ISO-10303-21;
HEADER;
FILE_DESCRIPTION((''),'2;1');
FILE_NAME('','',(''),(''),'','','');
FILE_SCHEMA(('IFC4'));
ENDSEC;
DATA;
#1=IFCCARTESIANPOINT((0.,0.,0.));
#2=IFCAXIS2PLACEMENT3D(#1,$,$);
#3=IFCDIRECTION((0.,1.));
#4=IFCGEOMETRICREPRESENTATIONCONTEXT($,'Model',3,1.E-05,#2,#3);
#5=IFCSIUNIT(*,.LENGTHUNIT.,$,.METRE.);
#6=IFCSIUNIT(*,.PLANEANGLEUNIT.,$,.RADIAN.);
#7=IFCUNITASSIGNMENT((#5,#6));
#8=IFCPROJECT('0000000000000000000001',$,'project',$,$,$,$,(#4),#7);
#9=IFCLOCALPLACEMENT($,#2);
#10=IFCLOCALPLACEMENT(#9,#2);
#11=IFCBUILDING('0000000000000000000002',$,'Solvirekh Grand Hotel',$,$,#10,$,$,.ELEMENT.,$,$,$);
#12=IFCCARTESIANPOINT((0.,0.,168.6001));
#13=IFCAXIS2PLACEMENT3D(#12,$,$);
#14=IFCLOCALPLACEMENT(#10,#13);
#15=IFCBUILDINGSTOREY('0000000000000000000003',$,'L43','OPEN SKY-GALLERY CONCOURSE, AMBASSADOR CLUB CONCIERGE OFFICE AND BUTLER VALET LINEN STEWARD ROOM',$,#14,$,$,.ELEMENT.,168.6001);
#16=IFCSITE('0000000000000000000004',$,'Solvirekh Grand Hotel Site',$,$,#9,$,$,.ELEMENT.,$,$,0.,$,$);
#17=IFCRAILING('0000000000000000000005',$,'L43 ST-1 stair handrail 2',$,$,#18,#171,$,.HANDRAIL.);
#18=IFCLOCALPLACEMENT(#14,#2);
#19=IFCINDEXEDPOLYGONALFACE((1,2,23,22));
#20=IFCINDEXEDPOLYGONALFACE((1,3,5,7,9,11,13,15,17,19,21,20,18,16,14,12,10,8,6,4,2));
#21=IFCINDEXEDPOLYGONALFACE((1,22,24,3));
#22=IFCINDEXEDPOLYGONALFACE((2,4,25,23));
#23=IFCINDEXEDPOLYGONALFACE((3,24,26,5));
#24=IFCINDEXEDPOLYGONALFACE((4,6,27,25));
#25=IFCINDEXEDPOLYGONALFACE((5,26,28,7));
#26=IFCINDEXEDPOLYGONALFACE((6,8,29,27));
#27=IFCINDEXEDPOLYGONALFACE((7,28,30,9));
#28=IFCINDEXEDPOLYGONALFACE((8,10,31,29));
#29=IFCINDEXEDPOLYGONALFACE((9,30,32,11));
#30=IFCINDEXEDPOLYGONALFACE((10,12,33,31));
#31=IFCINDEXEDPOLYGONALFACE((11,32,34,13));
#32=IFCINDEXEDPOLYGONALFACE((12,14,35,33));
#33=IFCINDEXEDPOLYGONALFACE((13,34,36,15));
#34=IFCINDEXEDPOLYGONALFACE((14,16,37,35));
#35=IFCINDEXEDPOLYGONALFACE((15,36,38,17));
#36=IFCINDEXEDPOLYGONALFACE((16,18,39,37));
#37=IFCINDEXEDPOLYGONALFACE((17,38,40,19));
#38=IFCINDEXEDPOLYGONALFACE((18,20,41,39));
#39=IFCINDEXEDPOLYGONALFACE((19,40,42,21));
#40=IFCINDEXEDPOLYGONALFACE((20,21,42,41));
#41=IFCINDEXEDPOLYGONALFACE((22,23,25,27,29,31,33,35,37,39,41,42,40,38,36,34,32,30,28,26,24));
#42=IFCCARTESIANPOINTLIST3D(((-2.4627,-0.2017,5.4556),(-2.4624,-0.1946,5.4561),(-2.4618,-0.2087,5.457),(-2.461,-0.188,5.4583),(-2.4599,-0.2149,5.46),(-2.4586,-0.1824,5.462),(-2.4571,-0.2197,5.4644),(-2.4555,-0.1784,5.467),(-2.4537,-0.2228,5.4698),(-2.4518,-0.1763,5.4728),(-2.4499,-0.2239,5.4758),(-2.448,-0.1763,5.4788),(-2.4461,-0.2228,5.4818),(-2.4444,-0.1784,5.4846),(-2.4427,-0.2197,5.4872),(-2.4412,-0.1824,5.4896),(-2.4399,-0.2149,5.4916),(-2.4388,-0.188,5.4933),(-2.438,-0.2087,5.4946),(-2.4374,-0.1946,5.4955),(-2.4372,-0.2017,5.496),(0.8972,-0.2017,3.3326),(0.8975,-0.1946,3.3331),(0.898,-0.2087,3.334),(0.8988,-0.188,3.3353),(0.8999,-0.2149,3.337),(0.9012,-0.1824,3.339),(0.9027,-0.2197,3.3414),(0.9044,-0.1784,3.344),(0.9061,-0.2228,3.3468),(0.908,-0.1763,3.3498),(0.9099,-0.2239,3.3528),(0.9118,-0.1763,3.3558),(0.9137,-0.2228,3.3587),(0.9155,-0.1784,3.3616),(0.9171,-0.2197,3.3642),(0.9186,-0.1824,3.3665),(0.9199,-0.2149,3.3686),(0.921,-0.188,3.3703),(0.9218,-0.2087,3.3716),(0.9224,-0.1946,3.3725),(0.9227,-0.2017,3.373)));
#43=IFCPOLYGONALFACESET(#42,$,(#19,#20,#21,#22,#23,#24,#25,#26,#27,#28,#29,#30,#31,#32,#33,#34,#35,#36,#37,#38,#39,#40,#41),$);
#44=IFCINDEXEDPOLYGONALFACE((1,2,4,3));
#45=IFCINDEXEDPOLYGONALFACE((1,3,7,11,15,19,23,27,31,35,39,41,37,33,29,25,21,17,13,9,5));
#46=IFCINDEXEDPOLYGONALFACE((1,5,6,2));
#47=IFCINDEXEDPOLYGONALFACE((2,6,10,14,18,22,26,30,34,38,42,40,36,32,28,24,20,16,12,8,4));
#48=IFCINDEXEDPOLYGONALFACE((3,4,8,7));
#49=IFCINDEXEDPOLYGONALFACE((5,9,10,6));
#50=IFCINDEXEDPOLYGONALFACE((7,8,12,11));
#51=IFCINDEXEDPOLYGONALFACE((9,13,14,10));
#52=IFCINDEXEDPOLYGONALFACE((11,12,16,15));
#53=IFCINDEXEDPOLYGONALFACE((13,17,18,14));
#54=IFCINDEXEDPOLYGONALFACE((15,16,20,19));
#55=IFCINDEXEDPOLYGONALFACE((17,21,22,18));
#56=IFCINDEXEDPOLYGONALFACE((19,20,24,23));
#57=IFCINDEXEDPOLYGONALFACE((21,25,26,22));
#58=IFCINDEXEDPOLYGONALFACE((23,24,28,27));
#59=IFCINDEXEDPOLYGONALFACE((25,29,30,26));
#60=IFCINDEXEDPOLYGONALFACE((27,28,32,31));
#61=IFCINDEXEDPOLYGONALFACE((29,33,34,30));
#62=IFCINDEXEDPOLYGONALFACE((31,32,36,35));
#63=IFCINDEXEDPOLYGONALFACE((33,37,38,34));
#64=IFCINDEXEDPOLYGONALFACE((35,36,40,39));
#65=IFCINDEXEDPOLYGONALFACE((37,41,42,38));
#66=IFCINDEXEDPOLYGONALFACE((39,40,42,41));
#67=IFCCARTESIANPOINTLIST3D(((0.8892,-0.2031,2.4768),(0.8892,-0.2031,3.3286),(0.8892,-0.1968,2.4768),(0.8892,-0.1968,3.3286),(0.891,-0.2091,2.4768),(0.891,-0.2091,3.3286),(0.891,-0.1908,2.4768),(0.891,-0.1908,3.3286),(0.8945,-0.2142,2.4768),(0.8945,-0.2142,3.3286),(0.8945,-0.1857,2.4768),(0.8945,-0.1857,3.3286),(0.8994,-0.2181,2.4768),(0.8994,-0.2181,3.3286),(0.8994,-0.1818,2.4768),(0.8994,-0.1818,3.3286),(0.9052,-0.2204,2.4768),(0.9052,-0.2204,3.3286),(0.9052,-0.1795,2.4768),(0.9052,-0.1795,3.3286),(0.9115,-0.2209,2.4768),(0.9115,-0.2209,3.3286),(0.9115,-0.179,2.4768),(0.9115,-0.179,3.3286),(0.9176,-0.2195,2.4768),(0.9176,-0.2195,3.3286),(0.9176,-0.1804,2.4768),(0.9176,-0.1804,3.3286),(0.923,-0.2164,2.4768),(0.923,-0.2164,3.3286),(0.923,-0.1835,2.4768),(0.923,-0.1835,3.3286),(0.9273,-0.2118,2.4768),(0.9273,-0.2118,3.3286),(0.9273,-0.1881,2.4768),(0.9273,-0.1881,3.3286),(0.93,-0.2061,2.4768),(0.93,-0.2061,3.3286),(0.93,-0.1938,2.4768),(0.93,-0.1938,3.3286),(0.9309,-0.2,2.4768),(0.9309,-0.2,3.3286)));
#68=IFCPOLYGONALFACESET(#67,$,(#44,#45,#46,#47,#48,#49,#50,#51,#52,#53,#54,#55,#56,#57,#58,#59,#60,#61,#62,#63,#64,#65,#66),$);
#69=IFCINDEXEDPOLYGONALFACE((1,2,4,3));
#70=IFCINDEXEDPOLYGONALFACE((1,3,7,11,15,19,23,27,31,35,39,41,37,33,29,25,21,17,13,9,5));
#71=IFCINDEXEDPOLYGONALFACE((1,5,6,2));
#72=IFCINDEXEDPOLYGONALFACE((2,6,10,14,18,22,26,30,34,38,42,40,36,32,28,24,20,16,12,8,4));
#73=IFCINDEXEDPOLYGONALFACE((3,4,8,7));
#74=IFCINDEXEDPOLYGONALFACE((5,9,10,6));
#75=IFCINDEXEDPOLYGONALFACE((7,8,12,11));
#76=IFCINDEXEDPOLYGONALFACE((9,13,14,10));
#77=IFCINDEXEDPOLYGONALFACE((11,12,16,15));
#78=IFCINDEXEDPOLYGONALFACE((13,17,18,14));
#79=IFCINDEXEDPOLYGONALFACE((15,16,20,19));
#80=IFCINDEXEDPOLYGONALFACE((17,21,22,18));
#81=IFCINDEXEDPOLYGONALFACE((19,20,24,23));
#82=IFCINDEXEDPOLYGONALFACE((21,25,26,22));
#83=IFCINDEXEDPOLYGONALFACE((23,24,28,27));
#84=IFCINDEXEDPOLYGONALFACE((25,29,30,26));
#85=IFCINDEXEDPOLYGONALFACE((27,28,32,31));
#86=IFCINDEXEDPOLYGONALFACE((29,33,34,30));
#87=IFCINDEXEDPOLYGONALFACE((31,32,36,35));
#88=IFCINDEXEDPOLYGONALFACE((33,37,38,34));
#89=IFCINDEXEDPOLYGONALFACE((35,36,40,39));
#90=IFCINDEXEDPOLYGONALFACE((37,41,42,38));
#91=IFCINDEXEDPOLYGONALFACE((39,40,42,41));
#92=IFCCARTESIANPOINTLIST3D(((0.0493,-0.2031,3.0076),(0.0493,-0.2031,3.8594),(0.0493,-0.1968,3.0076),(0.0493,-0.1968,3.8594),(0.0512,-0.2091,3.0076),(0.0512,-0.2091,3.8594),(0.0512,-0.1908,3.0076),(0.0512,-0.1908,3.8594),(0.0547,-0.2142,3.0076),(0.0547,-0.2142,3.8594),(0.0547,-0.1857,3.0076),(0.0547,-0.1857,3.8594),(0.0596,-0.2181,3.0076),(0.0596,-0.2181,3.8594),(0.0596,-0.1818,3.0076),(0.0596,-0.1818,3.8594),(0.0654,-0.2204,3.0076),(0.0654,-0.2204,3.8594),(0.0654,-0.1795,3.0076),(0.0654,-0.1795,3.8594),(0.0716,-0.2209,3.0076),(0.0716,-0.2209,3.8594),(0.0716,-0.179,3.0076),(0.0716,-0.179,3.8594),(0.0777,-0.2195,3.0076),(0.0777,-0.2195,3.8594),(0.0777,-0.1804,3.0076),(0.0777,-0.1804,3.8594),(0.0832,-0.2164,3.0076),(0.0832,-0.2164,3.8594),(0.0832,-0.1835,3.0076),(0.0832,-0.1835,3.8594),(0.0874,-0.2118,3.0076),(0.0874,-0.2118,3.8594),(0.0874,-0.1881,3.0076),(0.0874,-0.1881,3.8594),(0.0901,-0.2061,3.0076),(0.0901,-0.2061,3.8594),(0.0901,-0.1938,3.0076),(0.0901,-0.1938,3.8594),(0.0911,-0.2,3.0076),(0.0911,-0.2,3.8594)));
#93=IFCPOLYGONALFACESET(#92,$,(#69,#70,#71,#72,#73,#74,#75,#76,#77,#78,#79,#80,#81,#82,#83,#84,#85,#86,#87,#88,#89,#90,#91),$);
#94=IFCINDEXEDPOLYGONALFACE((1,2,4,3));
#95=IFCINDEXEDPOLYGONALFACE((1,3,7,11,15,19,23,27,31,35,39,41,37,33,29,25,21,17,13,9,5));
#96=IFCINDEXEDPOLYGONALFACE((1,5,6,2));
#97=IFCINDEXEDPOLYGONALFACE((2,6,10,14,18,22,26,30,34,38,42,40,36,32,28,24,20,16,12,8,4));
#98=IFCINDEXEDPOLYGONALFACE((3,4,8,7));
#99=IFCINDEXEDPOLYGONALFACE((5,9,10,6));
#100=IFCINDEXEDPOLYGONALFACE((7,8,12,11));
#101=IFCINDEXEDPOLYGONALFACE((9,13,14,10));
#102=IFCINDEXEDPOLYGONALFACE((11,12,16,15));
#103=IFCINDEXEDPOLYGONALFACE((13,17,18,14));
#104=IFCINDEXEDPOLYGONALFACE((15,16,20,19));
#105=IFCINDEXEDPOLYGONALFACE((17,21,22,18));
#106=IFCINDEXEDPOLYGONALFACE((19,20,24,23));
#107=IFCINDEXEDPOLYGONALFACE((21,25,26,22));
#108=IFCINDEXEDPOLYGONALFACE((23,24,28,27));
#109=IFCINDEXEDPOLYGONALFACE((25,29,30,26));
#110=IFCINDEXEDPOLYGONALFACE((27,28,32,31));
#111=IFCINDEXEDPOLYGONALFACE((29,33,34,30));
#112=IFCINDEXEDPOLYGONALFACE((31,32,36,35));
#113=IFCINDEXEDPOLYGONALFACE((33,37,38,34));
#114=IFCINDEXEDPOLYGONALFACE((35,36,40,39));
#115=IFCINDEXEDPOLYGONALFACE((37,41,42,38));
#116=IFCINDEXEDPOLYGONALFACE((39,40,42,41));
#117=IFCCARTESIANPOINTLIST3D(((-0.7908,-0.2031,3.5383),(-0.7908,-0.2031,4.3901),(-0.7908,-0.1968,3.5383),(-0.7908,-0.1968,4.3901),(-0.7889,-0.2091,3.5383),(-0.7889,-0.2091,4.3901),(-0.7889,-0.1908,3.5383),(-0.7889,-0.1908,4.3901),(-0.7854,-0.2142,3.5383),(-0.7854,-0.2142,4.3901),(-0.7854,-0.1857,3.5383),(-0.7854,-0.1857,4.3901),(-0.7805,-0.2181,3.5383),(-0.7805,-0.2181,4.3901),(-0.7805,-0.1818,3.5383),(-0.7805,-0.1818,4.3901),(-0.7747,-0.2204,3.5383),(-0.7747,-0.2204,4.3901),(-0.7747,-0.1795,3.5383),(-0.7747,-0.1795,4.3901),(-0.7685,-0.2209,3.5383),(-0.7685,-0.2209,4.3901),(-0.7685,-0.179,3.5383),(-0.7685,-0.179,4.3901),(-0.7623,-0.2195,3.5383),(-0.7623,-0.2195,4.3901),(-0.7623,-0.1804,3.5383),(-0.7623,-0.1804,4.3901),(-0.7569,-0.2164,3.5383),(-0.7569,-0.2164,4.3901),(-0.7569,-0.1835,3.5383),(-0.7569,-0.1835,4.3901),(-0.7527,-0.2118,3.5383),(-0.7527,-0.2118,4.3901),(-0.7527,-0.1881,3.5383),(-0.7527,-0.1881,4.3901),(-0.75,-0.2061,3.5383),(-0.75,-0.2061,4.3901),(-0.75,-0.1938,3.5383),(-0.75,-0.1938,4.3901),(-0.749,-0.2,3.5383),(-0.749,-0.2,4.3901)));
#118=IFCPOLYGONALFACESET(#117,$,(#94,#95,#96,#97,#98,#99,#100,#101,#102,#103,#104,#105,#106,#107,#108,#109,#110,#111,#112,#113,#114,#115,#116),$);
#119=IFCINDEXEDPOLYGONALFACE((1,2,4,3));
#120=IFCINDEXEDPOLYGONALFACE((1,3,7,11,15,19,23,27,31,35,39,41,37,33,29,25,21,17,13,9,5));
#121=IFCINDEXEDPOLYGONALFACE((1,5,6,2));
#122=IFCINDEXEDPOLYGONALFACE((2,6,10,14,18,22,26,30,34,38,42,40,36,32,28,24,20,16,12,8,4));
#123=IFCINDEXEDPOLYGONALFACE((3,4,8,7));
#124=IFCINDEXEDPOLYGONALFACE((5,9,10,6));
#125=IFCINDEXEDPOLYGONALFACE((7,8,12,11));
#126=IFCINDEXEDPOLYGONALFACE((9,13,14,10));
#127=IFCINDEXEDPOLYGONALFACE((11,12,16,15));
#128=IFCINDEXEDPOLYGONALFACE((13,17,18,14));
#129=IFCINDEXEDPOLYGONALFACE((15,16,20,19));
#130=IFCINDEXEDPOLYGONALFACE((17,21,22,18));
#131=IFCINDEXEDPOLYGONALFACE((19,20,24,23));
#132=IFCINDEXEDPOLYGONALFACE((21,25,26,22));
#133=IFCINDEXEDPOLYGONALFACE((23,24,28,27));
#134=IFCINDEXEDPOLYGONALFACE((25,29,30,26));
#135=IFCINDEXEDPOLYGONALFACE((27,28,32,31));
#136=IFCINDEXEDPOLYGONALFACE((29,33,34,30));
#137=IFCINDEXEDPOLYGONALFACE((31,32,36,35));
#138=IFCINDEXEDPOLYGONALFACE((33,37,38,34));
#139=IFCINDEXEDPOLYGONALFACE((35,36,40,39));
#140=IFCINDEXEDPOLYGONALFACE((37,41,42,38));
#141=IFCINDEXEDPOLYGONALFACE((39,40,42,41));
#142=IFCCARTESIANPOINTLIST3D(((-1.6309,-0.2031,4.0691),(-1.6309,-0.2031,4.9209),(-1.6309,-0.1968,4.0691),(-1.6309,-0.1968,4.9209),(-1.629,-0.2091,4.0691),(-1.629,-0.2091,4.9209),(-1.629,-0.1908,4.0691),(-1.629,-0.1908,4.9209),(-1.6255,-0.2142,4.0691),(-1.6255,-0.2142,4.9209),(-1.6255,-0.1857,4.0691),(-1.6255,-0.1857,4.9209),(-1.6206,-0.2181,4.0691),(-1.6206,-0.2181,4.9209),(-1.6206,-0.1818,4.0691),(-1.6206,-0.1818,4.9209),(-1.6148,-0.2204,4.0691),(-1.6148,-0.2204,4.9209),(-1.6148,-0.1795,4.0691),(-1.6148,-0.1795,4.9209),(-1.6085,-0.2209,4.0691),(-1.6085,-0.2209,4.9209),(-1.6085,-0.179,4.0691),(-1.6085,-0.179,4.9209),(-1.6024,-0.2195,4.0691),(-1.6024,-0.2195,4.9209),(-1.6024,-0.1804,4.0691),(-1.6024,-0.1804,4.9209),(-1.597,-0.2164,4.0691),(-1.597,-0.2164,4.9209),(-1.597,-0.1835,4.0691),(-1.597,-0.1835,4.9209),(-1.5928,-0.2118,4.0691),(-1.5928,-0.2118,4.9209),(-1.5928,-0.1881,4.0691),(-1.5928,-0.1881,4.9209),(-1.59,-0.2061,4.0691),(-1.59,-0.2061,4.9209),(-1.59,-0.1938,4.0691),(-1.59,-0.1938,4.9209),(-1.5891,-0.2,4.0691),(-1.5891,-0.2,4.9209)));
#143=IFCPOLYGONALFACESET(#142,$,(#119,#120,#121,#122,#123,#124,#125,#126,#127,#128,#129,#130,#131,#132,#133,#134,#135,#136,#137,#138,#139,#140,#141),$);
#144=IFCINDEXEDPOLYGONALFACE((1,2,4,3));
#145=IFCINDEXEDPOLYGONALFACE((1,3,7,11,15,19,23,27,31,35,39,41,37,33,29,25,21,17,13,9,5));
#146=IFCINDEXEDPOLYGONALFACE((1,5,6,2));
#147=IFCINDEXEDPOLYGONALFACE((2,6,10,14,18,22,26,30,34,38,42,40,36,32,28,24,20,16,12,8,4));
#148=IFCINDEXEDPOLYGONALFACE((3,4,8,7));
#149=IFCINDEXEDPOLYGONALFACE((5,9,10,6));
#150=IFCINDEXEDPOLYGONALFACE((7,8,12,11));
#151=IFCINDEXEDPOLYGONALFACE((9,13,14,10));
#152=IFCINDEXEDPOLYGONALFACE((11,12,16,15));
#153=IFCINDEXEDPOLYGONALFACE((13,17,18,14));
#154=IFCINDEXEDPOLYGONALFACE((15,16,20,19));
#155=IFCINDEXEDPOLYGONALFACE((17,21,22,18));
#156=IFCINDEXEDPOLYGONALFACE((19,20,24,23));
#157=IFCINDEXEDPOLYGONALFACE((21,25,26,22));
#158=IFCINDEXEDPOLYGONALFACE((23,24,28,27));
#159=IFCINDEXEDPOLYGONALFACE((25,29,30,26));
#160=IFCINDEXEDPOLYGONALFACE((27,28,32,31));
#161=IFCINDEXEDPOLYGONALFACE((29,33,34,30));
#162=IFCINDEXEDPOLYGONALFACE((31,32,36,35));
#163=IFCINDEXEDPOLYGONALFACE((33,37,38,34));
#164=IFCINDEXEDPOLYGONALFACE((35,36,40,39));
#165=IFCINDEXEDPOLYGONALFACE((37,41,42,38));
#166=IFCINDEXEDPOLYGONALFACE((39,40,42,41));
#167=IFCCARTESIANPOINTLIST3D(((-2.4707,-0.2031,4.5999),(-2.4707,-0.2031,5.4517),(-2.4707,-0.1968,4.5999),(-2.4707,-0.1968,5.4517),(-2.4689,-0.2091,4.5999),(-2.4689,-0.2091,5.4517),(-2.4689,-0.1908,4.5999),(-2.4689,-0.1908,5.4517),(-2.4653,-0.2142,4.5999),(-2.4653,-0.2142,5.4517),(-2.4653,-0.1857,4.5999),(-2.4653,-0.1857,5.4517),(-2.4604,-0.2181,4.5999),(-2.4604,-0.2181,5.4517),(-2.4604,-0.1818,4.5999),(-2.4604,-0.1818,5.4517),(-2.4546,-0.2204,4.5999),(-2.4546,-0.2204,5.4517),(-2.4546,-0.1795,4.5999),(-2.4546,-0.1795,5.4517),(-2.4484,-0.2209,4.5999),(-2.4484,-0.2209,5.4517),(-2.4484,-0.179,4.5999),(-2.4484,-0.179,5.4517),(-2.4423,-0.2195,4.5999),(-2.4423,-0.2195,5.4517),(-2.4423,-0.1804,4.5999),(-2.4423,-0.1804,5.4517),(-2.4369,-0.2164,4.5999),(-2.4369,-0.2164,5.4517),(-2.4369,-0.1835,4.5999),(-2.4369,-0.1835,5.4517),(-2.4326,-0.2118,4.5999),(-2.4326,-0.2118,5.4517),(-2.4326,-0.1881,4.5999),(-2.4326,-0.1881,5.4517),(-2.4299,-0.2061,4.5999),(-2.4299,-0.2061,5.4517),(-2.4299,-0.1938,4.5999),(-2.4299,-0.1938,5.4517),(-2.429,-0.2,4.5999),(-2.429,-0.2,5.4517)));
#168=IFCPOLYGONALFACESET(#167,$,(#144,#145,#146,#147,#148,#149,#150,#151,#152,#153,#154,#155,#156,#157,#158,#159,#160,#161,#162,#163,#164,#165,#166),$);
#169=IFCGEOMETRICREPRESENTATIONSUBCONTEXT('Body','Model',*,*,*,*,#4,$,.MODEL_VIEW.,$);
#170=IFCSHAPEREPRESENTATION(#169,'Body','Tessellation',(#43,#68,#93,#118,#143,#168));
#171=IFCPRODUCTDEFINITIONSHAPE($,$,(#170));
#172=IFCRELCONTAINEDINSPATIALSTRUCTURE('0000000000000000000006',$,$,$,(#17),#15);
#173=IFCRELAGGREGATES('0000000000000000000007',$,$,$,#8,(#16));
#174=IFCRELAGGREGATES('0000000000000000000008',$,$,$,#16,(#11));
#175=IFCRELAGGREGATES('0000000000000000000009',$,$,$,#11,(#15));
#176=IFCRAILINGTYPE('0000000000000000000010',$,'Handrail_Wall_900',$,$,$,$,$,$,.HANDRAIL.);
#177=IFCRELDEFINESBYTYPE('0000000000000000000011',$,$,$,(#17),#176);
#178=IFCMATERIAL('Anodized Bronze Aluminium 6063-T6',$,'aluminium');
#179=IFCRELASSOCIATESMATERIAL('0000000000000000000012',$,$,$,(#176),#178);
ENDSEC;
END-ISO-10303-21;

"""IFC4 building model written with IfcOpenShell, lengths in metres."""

from ifc_helpers import new_model, si_unit, direction, frame, origin, origin_2d, place, context, subcontext, project, spatial, circle, extrude, material, type_object, element, save


model = new_model("IFC4")

# Units and contexts
model_context = context("Model", 3, precision=1e-05, world=origin(), true_north=direction((0.0, 1.0)))
body_context = subcontext(model_context, "Body", "Model", "MODEL_VIEW")
ifc_project = project(units=[si_unit("LENGTHUNIT", "METRE"), si_unit("PLANEANGLEUNIT", "RADIAN")], contexts=[model_context])

# Site, building, storey
site_placement = place(None, origin())
site = spatial("IfcSite", under=ifc_project, at=site_placement, Name="Solvirekh Grand Hotel Site", CompositionType="ELEMENT", RefElevation=0.0)
building_placement = place(site_placement, origin())
building = spatial("IfcBuilding", under=site, at=building_placement, Name="Solvirekh Grand Hotel", CompositionType="ELEMENT")
storey_placement = place(building_placement, frame((0.0, 0.0, 168.6001)))
storey = spatial("IfcBuildingStorey", under=building, at=storey_placement, Name="L43", Description="OPEN SKY-GALLERY CONCOURSE, AMBASSADOR CLUB CONCIERGE OFFICE AND BUTLER VALET LINEN STEWARD ROOM", CompositionType="ELEMENT", Elevation=168.6001)

# Railing
ifc_material_1 = material(Name="Anodized Bronze Aluminium 6063-T6", Category="aluminium")
railing_type_1 = type_object("IfcRailingType", Name="Handrail_Wall_900", PredefinedType="HANDRAIL", material=ifc_material_1)
railing_1_placement = place(storey_placement, frame((0.9099, -0.2, 2.4768)))
element("IfcRailing", 1, at=railing_1_placement, inside=storey, type_object=railing_type_1, Name="L43 ST-1 stair handrail 2", PredefinedType="HANDRAIL", context=body_context, shape_type="SweptSolid", body=[
    extrude(circle(Radius=0.0239, at=origin_2d()), frame((0.0, 0.0, 0.876), z_axis=(-0.845372, 0.0, 0.534178), x_axis=(0.0, -1.0, 0.0)), (0.0, 0.0, 1.0), 3.9744),
    extrude(circle(Radius=0.021, at=origin_2d()), origin(), (0.0, 0.0, 1.0), 0.8518),
    extrude(circle(Radius=0.021, at=origin_2d()), frame((-0.8398, 0.0, 0.5308)), (0.0, 0.0, 1.0), 0.8518),
    extrude(circle(Radius=0.021, at=origin_2d()), frame((-1.6799, 0.0, 1.0615)), (0.0, 0.0, 1.0), 0.8518),
    extrude(circle(Radius=0.021, at=origin_2d()), frame((-2.52, 0.0, 1.5923)), (0.0, 0.0, 1.0), 0.8518),
    extrude(circle(Radius=0.021, at=origin_2d()), frame((-3.3599, 0.0, 2.123)), (0.0, 0.0, 1.0), 0.8518),
])

save(model, "model.ifc")
